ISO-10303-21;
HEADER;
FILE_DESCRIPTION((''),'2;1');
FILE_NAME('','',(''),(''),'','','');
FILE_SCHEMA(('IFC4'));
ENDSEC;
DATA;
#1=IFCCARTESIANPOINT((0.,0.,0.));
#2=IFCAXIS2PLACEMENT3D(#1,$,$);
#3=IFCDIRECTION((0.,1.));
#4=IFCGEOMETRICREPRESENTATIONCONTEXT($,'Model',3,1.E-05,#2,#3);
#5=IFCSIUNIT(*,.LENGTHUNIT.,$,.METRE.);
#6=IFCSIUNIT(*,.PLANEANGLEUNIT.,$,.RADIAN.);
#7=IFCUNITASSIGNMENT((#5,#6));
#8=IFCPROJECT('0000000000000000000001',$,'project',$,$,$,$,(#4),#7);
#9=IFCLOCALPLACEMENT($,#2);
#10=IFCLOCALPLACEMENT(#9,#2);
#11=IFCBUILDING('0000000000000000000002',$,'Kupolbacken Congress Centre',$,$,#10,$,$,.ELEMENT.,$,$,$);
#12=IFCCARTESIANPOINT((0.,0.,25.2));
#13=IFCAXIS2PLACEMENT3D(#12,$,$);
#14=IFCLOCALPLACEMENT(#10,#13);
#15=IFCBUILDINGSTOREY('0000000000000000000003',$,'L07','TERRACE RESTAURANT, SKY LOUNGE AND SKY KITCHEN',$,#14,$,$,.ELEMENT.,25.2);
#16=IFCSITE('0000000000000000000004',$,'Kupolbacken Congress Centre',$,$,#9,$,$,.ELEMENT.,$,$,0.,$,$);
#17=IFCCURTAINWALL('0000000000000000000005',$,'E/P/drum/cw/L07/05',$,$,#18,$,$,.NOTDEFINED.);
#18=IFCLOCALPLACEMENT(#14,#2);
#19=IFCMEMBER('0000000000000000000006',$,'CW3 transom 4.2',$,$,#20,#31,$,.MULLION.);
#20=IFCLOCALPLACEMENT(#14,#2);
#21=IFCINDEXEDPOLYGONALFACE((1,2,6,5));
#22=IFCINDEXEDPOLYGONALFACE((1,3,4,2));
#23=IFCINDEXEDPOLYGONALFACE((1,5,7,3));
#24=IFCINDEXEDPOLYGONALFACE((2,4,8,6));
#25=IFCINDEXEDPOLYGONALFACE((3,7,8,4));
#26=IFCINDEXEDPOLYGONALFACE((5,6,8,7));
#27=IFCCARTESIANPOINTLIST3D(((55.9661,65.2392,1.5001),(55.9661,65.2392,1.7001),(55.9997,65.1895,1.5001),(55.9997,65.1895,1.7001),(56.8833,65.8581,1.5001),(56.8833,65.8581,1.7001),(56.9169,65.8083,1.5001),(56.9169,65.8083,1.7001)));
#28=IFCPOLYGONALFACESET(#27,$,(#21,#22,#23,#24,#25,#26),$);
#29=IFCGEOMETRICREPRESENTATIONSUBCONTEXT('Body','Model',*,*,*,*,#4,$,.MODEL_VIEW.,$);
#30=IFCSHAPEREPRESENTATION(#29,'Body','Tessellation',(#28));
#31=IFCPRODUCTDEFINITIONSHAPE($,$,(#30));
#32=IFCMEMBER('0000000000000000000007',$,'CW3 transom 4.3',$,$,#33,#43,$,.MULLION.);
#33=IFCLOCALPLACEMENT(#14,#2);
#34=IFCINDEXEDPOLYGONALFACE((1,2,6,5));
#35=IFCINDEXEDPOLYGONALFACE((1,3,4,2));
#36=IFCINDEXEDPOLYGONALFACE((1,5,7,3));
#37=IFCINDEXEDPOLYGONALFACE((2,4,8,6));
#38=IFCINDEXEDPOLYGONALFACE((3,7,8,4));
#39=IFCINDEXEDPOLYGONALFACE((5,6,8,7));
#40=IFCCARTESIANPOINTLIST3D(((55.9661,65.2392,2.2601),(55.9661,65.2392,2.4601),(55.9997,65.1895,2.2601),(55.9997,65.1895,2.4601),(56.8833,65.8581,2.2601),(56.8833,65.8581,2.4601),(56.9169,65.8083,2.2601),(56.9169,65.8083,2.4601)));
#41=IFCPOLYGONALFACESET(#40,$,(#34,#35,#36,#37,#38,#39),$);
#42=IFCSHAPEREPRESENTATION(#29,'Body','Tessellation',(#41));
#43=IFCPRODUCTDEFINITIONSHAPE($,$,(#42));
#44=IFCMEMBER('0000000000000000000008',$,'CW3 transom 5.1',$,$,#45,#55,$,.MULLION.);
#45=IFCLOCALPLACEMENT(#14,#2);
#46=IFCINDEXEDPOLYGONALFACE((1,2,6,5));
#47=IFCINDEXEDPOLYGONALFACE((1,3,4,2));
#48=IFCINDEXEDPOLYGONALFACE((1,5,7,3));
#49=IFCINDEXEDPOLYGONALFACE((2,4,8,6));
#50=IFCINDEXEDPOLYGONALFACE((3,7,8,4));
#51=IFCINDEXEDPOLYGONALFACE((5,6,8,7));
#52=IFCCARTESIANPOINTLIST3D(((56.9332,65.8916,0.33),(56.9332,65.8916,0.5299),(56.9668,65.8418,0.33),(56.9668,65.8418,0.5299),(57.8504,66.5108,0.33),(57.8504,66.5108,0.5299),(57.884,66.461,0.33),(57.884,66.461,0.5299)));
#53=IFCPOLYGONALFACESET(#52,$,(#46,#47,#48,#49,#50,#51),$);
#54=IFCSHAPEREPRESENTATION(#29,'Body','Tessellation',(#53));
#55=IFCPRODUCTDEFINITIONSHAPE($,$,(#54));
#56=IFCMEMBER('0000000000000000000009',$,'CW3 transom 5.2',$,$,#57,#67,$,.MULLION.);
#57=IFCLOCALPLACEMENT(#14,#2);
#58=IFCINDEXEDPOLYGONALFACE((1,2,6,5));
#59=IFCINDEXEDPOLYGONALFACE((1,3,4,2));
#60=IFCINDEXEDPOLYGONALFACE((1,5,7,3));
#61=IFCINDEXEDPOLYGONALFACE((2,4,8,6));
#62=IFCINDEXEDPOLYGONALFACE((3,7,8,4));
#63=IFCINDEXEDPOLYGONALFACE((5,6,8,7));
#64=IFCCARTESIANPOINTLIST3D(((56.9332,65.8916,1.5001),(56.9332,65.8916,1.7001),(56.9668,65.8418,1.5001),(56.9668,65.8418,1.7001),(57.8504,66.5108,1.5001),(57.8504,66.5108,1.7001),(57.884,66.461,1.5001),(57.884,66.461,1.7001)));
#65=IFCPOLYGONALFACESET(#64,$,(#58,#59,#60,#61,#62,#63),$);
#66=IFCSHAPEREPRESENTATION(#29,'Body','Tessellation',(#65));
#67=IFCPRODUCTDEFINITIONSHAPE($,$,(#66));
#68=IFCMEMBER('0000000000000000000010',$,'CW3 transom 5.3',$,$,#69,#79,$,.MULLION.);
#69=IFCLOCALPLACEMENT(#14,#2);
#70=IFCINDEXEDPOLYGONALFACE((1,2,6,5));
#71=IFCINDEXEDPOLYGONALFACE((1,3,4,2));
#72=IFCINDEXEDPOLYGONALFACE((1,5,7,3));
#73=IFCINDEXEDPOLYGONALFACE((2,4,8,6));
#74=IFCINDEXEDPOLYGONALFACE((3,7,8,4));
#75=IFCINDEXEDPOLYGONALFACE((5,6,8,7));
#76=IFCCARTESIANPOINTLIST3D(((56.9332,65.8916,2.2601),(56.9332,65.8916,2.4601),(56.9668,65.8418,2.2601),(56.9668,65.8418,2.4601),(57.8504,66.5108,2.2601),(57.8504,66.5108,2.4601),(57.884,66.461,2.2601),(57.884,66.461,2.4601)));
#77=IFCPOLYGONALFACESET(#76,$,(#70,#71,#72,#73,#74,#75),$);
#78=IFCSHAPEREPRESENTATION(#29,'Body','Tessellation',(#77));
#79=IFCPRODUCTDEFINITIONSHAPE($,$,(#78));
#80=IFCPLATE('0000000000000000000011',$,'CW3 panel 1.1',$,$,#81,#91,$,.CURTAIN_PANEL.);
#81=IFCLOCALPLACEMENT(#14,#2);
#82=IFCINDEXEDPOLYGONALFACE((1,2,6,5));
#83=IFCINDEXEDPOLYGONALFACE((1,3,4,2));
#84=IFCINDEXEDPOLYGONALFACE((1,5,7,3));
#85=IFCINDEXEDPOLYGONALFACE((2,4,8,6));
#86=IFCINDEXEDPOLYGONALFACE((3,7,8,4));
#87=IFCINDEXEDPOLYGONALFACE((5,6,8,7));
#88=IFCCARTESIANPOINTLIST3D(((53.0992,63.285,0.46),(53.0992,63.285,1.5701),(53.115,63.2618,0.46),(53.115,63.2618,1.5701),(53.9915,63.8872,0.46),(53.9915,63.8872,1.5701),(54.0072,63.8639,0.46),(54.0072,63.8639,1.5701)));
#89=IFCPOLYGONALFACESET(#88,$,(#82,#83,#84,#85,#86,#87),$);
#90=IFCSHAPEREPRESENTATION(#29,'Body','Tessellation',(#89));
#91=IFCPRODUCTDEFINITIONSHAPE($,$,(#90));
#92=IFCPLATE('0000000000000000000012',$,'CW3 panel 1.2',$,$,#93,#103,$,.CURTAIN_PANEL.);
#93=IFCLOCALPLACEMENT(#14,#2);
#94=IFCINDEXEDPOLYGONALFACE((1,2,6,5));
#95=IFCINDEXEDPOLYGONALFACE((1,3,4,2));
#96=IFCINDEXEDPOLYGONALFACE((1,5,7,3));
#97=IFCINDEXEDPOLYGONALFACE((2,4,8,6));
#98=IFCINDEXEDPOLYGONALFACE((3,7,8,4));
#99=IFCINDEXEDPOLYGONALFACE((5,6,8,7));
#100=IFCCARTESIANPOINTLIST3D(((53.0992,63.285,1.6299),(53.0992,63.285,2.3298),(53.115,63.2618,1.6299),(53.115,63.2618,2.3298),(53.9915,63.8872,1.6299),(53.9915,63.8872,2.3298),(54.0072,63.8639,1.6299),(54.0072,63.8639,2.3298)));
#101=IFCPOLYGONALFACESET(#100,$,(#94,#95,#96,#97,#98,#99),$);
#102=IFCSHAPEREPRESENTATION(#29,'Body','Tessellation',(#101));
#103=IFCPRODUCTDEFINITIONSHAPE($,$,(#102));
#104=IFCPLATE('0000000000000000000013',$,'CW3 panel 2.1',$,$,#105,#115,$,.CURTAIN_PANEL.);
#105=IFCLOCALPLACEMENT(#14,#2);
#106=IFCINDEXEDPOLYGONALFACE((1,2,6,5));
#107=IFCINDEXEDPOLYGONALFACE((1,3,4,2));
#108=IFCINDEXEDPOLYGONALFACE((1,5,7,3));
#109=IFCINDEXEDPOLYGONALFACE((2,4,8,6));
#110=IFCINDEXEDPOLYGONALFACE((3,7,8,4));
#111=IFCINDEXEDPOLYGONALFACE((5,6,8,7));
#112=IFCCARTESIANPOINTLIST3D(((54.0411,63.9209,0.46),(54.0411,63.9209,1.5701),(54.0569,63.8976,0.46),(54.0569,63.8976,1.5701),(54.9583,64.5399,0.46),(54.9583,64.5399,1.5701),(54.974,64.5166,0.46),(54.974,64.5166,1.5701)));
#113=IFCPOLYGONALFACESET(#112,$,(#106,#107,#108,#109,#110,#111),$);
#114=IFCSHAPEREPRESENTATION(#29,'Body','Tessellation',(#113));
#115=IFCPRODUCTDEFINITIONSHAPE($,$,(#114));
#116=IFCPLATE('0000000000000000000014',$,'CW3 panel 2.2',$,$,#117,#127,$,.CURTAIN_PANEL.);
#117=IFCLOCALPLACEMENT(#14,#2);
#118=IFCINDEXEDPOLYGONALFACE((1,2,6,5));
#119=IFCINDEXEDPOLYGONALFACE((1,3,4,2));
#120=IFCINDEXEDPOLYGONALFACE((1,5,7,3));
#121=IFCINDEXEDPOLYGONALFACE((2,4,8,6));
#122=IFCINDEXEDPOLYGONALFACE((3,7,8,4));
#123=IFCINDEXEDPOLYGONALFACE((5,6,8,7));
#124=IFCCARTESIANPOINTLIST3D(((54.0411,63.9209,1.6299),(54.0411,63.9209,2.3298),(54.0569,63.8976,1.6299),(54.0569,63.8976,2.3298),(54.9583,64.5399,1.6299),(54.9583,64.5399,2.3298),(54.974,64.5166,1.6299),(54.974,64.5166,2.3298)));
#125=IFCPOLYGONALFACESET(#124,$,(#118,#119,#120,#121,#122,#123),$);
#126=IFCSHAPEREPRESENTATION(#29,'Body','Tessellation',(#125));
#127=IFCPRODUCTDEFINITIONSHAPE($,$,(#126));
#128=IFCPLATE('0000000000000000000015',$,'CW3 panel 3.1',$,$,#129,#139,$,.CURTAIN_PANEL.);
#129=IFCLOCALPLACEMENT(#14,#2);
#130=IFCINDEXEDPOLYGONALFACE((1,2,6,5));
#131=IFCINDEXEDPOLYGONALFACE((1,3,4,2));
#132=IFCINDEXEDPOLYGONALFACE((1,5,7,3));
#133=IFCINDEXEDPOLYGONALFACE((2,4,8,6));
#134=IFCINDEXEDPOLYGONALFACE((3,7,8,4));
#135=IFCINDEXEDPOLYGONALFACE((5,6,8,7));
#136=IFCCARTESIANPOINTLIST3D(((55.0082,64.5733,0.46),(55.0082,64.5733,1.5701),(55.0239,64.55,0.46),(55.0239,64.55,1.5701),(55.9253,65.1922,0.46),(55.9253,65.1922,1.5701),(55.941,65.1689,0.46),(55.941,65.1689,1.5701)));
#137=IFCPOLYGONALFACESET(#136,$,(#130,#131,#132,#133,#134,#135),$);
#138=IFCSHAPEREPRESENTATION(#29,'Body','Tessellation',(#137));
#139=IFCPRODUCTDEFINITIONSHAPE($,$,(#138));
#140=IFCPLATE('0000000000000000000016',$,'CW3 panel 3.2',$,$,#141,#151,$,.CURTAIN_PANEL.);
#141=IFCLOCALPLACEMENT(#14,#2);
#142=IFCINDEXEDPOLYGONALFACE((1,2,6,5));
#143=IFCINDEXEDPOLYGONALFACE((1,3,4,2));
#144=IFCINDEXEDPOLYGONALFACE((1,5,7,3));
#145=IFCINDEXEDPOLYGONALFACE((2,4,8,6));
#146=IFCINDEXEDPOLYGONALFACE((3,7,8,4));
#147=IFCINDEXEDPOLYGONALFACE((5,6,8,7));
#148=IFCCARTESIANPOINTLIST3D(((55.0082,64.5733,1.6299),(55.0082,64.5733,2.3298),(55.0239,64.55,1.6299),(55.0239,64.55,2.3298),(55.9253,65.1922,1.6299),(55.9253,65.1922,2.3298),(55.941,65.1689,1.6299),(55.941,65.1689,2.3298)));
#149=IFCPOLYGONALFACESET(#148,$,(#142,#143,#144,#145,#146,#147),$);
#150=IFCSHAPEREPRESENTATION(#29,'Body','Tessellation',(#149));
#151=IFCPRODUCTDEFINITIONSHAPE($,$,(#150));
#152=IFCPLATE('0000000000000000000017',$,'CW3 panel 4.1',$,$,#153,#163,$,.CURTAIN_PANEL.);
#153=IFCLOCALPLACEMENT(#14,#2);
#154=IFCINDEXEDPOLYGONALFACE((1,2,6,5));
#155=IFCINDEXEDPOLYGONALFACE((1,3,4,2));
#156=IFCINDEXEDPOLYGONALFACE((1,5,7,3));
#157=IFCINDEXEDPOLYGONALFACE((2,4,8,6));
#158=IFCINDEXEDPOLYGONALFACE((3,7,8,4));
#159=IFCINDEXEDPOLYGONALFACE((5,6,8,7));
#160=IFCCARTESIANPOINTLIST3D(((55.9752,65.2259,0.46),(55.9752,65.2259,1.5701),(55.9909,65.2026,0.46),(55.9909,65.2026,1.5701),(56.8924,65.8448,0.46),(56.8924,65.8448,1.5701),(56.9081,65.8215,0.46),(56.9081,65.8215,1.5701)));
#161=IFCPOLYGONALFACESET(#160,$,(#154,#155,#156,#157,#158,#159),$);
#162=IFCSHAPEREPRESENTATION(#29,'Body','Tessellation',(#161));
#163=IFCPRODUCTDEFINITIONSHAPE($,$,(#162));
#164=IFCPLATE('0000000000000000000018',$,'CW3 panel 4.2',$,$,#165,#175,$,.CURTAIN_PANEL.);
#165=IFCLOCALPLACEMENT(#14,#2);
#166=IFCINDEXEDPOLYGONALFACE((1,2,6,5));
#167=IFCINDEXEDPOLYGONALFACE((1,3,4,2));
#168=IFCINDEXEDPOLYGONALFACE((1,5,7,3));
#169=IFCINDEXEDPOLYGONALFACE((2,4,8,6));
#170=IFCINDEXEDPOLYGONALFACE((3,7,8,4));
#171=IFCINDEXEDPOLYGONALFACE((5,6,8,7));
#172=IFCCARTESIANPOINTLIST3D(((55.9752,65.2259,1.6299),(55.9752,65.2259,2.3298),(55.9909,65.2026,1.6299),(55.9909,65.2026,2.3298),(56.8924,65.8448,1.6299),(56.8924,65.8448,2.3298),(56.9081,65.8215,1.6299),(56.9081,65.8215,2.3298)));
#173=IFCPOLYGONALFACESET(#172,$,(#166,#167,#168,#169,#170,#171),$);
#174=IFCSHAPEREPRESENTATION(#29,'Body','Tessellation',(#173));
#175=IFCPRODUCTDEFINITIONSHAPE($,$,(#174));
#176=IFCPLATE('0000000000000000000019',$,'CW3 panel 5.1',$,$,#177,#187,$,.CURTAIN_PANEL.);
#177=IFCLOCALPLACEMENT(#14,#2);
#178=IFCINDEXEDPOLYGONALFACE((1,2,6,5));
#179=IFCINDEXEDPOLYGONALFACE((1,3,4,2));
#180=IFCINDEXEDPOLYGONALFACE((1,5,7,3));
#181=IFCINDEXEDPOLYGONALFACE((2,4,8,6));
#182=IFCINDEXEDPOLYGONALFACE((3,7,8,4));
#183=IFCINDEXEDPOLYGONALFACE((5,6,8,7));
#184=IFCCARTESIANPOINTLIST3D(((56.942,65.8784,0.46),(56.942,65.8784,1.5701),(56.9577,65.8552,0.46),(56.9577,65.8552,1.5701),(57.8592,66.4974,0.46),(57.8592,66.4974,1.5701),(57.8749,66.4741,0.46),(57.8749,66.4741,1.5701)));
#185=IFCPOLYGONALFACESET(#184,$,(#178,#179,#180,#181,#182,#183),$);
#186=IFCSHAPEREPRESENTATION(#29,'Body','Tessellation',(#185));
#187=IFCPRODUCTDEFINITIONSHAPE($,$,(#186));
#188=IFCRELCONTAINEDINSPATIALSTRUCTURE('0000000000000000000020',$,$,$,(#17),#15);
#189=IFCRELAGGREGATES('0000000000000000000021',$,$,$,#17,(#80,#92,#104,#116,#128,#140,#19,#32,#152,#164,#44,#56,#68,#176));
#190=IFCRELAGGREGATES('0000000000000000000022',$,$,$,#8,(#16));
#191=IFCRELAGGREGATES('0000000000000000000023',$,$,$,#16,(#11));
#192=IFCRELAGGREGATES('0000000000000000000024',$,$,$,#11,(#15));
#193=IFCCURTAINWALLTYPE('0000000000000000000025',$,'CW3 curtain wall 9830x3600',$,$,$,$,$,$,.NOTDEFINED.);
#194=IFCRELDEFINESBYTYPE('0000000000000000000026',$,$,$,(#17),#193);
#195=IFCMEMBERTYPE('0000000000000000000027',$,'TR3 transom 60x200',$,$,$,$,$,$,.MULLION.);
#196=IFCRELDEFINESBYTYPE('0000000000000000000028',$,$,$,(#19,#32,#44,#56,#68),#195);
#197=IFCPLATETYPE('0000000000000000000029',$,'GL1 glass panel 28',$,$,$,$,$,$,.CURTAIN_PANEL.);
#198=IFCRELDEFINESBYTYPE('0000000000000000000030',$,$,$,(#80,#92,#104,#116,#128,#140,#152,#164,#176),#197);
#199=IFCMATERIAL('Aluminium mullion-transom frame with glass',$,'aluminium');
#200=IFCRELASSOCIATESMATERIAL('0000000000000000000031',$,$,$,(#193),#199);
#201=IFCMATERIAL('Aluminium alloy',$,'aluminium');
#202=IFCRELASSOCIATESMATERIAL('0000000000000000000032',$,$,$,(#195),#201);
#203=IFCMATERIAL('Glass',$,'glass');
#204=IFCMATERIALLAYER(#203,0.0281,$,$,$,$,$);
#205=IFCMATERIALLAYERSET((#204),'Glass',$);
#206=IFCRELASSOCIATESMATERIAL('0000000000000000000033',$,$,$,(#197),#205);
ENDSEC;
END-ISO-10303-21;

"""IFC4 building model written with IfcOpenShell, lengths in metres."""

from ifc_helpers import new_model, si_unit, direction, frame, origin, origin_2d, place, context, subcontext, project, spatial, rectangle, extrude, material, layer, layer_set, material_profile, profile_set, type_object, element, aggregate, save


model = new_model("IFC4")

# Units and contexts
model_context = context("Model", 3, precision=1e-05, world=origin(), true_north=direction((0.0, 1.0)))
body_context = subcontext(model_context, "Body", "Model", "MODEL_VIEW")
ifc_project = project(units=[si_unit("LENGTHUNIT", "METRE"), si_unit("PLANEANGLEUNIT", "RADIAN")], contexts=[model_context])

# Site, building, storey
site_placement = place(None, origin())
site = spatial("IfcSite", under=ifc_project, at=site_placement, Name="Kupolbacken Congress Centre", CompositionType="ELEMENT", RefElevation=0.0)
building_placement = place(site_placement, origin())
building = spatial("IfcBuilding", under=site, at=building_placement, Name="Kupolbacken Congress Centre", CompositionType="ELEMENT")
storey_placement = place(building_placement, frame((0.0, 0.0, 25.2)))
storey = spatial("IfcBuildingStorey", under=building, at=storey_placement, Name="L07", Description="TERRACE RESTAURANT, SKY LOUNGE AND SKY KITCHEN", CompositionType="ELEMENT", Elevation=25.2)

# Shared definitions
ifc_material_1 = material(Name="Aluminium mullion-transom frame with glass", Category="aluminium")
curtain_wall_type = type_object("IfcCurtainWallType", Name="CW3 curtain wall 9830x3600", PredefinedType="NOTDEFINED", material=ifc_material_1)

# Curtain wall, members, plates
curtain_wall_1_placement = place(storey_placement, origin())
curtain_wall_1 = element("IfcCurtainWall", 1, at=curtain_wall_1_placement, inside=storey, type_object=curtain_wall_type, Name="E/P/drum/cw/L07/05", PredefinedType="NOTDEFINED")
ifc_material_2 = material(Name="Aluminium alloy", Category="aluminium")
ifc_material_profile_1 = material_profile(ifc_material_2, rectangle(XDim=0.0601, YDim=0.2, at=origin_2d()), Name="60 x 200")
ifc_profile_set_1 = profile_set([ifc_material_profile_1], Name="Aluminium alloy")
member_type_1 = type_object("IfcMemberType", Name="TR3 transom 60x200", PredefinedType="MULLION", material=ifc_profile_set_1)
member_1_placement = place(storey_placement, frame((55.9829, 65.2144, 1.6001), z_axis=(0.828948, 0.559325, 0.0), x_axis=(-0.559325, 0.828948, 0.0)))
member_1 = element("IfcMember", 2, at=member_1_placement, type_object=member_type_1, Name="CW3 transom 4.2", PredefinedType="MULLION", context=body_context, shape_type="SweptSolid", body=[
    extrude(rectangle(XDim=0.0601, YDim=0.2, at=origin_2d()), origin(), (0.0, 0.0, 1.0), 1.1064),
])
member_2_placement = place(storey_placement, frame((55.9829, 65.2144, 2.3601), z_axis=(0.828948, 0.559325, 0.0), x_axis=(-0.559325, 0.828948, 0.0)))
member_2 = element("IfcMember", 3, at=member_2_placement, type_object=member_type_1, Name="CW3 transom 4.3", PredefinedType="MULLION", context=body_context, shape_type="SweptSolid", body=[
    extrude(rectangle(XDim=0.0601, YDim=0.2, at=origin_2d()), origin(), (0.0, 0.0, 1.0), 1.1064),
])
member_3_placement = place(storey_placement, frame((56.95, 65.8667, 0.4299), z_axis=(0.828846, 0.559477, 0.0), x_axis=(-0.559477, 0.828846, 0.0)))
member_3 = element("IfcMember", 4, at=member_3_placement, type_object=member_type_1, Name="CW3 transom 5.1", PredefinedType="MULLION", context=body_context, shape_type="SweptSolid", body=[
    extrude(rectangle(XDim=0.0601, YDim=0.2, at=origin_2d()), origin(), (0.0, 0.0, 1.0), 1.1067),
])
member_4_placement = place(storey_placement, frame((56.95, 65.8667, 1.6001), z_axis=(0.828846, 0.559477, 0.0), x_axis=(-0.559477, 0.828846, 0.0)))
member_4 = element("IfcMember", 5, at=member_4_placement, type_object=member_type_1, Name="CW3 transom 5.2", PredefinedType="MULLION", context=body_context, shape_type="SweptSolid", body=[
    extrude(rectangle(XDim=0.0601, YDim=0.2, at=origin_2d()), origin(), (0.0, 0.0, 1.0), 1.1067),
])
member_5_placement = place(storey_placement, frame((56.95, 65.8667, 2.3601), z_axis=(0.828846, 0.559477, 0.0), x_axis=(-0.559477, 0.828846, 0.0)))
member_5 = element("IfcMember", 6, at=member_5_placement, type_object=member_type_1, Name="CW3 transom 5.3", PredefinedType="MULLION", context=body_context, shape_type="SweptSolid", body=[
    extrude(rectangle(XDim=0.0601, YDim=0.2, at=origin_2d()), origin(), (0.0, 0.0, 1.0), 1.1067),
])
ifc_material_3 = material(Name="Glass", Category="glass")
ifc_layer_1 = layer(ifc_material_3, 0.0281)
ifc_layer_set_1 = layer_set([ifc_layer_1], Name="Glass")
plate_type = type_object("IfcPlateType", Name="GL1 glass panel 28", PredefinedType="CURTAIN_PANEL", material=ifc_layer_set_1)
plate_1_placement = place(storey_placement, frame((53.5532, 63.5745, 0.46), z_axis=(0.0, 0.0, 1.0), x_axis=(0.828908, 0.559386, 0.0)))
plate_1 = element("IfcPlate", 7, at=plate_1_placement, type_object=plate_type, Name="CW3 panel 1.1", PredefinedType="CURTAIN_PANEL", context=body_context, shape_type="SweptSolid", body=[
    extrude(rectangle(XDim=1.0764, YDim=0.0281, at=origin_2d()), origin(), (0.0, 0.0, 1.0), 1.1101),
])
plate_2_placement = place(storey_placement, frame((53.5532, 63.5745, 1.6299), z_axis=(0.0, 0.0, 1.0), x_axis=(0.828908, 0.559386, 0.0)))
plate_2 = element("IfcPlate", 8, at=plate_2_placement, type_object=plate_type, Name="CW3 panel 1.2", PredefinedType="CURTAIN_PANEL", context=body_context, shape_type="SweptSolid", body=[
    extrude(rectangle(XDim=1.0764, YDim=0.0281, at=origin_2d()), origin(), (0.0, 0.0, 1.0), 0.7),
])
plate_3_placement = place(storey_placement, frame((54.5076, 64.2188, 0.46), z_axis=(0.0, 0.0, 1.0), x_axis=(0.828908, 0.559386, 0.0)))
plate_3 = element("IfcPlate", 9, at=plate_3_placement, type_object=plate_type, Name="CW3 panel 2.1", PredefinedType="CURTAIN_PANEL", context=body_context, shape_type="SweptSolid", body=[
    extrude(rectangle(XDim=1.1064, YDim=0.0281, at=origin_2d()), origin(), (0.0, 0.0, 1.0), 1.1101),
])
plate_4_placement = place(storey_placement, frame((54.5076, 64.2188, 1.6299), z_axis=(0.0, 0.0, 1.0), x_axis=(0.828908, 0.559386, 0.0)))
plate_4 = element("IfcPlate", 10, at=plate_4_placement, type_object=plate_type, Name="CW3 panel 2.2", PredefinedType="CURTAIN_PANEL", context=body_context, shape_type="SweptSolid", body=[
    extrude(rectangle(XDim=1.1064, YDim=0.0281, at=origin_2d()), origin(), (0.0, 0.0, 1.0), 0.7),
])
plate_5_placement = place(storey_placement, frame((55.4746, 64.8711, 0.46), z_axis=(0.0, 0.0, 1.0), x_axis=(0.828908, 0.559386, 0.0)))
plate_5 = element("IfcPlate", 11, at=plate_5_placement, type_object=plate_type, Name="CW3 panel 3.1", PredefinedType="CURTAIN_PANEL", context=body_context, shape_type="SweptSolid", body=[
    extrude(rectangle(XDim=1.1064, YDim=0.0281, at=origin_2d()), origin(), (0.0, 0.0, 1.0), 1.1101),
])
plate_6_placement = place(storey_placement, frame((55.4746, 64.8711, 1.6299), z_axis=(0.0, 0.0, 1.0), x_axis=(0.828908, 0.559386, 0.0)))
plate_6 = element("IfcPlate", 12, at=plate_6_placement, type_object=plate_type, Name="CW3 panel 3.2", PredefinedType="CURTAIN_PANEL", context=body_context, shape_type="SweptSolid", body=[
    extrude(rectangle(XDim=1.1064, YDim=0.0281, at=origin_2d()), origin(), (0.0, 0.0, 1.0), 0.7),
])
plate_7_placement = place(storey_placement, frame((56.4417, 65.5237, 0.46), z_axis=(0.0, 0.0, 1.0), x_axis=(0.828908, 0.559386, 0.0)))
plate_7 = element("IfcPlate", 13, at=plate_7_placement, type_object=plate_type, Name="CW3 panel 4.1", PredefinedType="CURTAIN_PANEL", context=body_context, shape_type="SweptSolid", body=[
    extrude(rectangle(XDim=1.1064, YDim=0.0281, at=origin_2d()), origin(), (0.0, 0.0, 1.0), 1.1101),
])
plate_8_placement = place(storey_placement, frame((56.4417, 65.5237, 1.6299), z_axis=(0.0, 0.0, 1.0), x_axis=(0.828908, 0.559386, 0.0)))
plate_8 = element("IfcPlate", 14, at=plate_8_placement, type_object=plate_type, Name="CW3 panel 4.2", PredefinedType="CURTAIN_PANEL", context=body_context, shape_type="SweptSolid", body=[
    extrude(rectangle(XDim=1.1064, YDim=0.0281, at=origin_2d()), origin(), (0.0, 0.0, 1.0), 0.7),
])
plate_9_placement = place(storey_placement, frame((57.4084, 66.1763, 0.46), z_axis=(0.0, 0.0, 1.0), x_axis=(0.828908, 0.559386, 0.0)))
plate_9 = element("IfcPlate", 15, at=plate_9_placement, type_object=plate_type, Name="CW3 panel 5.1", PredefinedType="CURTAIN_PANEL", context=body_context, shape_type="SweptSolid", body=[
    extrude(rectangle(XDim=1.1064, YDim=0.0281, at=origin_2d()), origin(), (0.0, 0.0, 1.0), 1.1101),
])
aggregate(curtain_wall_1, [plate_1, plate_2, plate_3, plate_4, plate_5, plate_6, member_1, member_2, plate_7, plate_8, member_3, member_4, member_5, plate_9])

save(model, "model.ifc")
